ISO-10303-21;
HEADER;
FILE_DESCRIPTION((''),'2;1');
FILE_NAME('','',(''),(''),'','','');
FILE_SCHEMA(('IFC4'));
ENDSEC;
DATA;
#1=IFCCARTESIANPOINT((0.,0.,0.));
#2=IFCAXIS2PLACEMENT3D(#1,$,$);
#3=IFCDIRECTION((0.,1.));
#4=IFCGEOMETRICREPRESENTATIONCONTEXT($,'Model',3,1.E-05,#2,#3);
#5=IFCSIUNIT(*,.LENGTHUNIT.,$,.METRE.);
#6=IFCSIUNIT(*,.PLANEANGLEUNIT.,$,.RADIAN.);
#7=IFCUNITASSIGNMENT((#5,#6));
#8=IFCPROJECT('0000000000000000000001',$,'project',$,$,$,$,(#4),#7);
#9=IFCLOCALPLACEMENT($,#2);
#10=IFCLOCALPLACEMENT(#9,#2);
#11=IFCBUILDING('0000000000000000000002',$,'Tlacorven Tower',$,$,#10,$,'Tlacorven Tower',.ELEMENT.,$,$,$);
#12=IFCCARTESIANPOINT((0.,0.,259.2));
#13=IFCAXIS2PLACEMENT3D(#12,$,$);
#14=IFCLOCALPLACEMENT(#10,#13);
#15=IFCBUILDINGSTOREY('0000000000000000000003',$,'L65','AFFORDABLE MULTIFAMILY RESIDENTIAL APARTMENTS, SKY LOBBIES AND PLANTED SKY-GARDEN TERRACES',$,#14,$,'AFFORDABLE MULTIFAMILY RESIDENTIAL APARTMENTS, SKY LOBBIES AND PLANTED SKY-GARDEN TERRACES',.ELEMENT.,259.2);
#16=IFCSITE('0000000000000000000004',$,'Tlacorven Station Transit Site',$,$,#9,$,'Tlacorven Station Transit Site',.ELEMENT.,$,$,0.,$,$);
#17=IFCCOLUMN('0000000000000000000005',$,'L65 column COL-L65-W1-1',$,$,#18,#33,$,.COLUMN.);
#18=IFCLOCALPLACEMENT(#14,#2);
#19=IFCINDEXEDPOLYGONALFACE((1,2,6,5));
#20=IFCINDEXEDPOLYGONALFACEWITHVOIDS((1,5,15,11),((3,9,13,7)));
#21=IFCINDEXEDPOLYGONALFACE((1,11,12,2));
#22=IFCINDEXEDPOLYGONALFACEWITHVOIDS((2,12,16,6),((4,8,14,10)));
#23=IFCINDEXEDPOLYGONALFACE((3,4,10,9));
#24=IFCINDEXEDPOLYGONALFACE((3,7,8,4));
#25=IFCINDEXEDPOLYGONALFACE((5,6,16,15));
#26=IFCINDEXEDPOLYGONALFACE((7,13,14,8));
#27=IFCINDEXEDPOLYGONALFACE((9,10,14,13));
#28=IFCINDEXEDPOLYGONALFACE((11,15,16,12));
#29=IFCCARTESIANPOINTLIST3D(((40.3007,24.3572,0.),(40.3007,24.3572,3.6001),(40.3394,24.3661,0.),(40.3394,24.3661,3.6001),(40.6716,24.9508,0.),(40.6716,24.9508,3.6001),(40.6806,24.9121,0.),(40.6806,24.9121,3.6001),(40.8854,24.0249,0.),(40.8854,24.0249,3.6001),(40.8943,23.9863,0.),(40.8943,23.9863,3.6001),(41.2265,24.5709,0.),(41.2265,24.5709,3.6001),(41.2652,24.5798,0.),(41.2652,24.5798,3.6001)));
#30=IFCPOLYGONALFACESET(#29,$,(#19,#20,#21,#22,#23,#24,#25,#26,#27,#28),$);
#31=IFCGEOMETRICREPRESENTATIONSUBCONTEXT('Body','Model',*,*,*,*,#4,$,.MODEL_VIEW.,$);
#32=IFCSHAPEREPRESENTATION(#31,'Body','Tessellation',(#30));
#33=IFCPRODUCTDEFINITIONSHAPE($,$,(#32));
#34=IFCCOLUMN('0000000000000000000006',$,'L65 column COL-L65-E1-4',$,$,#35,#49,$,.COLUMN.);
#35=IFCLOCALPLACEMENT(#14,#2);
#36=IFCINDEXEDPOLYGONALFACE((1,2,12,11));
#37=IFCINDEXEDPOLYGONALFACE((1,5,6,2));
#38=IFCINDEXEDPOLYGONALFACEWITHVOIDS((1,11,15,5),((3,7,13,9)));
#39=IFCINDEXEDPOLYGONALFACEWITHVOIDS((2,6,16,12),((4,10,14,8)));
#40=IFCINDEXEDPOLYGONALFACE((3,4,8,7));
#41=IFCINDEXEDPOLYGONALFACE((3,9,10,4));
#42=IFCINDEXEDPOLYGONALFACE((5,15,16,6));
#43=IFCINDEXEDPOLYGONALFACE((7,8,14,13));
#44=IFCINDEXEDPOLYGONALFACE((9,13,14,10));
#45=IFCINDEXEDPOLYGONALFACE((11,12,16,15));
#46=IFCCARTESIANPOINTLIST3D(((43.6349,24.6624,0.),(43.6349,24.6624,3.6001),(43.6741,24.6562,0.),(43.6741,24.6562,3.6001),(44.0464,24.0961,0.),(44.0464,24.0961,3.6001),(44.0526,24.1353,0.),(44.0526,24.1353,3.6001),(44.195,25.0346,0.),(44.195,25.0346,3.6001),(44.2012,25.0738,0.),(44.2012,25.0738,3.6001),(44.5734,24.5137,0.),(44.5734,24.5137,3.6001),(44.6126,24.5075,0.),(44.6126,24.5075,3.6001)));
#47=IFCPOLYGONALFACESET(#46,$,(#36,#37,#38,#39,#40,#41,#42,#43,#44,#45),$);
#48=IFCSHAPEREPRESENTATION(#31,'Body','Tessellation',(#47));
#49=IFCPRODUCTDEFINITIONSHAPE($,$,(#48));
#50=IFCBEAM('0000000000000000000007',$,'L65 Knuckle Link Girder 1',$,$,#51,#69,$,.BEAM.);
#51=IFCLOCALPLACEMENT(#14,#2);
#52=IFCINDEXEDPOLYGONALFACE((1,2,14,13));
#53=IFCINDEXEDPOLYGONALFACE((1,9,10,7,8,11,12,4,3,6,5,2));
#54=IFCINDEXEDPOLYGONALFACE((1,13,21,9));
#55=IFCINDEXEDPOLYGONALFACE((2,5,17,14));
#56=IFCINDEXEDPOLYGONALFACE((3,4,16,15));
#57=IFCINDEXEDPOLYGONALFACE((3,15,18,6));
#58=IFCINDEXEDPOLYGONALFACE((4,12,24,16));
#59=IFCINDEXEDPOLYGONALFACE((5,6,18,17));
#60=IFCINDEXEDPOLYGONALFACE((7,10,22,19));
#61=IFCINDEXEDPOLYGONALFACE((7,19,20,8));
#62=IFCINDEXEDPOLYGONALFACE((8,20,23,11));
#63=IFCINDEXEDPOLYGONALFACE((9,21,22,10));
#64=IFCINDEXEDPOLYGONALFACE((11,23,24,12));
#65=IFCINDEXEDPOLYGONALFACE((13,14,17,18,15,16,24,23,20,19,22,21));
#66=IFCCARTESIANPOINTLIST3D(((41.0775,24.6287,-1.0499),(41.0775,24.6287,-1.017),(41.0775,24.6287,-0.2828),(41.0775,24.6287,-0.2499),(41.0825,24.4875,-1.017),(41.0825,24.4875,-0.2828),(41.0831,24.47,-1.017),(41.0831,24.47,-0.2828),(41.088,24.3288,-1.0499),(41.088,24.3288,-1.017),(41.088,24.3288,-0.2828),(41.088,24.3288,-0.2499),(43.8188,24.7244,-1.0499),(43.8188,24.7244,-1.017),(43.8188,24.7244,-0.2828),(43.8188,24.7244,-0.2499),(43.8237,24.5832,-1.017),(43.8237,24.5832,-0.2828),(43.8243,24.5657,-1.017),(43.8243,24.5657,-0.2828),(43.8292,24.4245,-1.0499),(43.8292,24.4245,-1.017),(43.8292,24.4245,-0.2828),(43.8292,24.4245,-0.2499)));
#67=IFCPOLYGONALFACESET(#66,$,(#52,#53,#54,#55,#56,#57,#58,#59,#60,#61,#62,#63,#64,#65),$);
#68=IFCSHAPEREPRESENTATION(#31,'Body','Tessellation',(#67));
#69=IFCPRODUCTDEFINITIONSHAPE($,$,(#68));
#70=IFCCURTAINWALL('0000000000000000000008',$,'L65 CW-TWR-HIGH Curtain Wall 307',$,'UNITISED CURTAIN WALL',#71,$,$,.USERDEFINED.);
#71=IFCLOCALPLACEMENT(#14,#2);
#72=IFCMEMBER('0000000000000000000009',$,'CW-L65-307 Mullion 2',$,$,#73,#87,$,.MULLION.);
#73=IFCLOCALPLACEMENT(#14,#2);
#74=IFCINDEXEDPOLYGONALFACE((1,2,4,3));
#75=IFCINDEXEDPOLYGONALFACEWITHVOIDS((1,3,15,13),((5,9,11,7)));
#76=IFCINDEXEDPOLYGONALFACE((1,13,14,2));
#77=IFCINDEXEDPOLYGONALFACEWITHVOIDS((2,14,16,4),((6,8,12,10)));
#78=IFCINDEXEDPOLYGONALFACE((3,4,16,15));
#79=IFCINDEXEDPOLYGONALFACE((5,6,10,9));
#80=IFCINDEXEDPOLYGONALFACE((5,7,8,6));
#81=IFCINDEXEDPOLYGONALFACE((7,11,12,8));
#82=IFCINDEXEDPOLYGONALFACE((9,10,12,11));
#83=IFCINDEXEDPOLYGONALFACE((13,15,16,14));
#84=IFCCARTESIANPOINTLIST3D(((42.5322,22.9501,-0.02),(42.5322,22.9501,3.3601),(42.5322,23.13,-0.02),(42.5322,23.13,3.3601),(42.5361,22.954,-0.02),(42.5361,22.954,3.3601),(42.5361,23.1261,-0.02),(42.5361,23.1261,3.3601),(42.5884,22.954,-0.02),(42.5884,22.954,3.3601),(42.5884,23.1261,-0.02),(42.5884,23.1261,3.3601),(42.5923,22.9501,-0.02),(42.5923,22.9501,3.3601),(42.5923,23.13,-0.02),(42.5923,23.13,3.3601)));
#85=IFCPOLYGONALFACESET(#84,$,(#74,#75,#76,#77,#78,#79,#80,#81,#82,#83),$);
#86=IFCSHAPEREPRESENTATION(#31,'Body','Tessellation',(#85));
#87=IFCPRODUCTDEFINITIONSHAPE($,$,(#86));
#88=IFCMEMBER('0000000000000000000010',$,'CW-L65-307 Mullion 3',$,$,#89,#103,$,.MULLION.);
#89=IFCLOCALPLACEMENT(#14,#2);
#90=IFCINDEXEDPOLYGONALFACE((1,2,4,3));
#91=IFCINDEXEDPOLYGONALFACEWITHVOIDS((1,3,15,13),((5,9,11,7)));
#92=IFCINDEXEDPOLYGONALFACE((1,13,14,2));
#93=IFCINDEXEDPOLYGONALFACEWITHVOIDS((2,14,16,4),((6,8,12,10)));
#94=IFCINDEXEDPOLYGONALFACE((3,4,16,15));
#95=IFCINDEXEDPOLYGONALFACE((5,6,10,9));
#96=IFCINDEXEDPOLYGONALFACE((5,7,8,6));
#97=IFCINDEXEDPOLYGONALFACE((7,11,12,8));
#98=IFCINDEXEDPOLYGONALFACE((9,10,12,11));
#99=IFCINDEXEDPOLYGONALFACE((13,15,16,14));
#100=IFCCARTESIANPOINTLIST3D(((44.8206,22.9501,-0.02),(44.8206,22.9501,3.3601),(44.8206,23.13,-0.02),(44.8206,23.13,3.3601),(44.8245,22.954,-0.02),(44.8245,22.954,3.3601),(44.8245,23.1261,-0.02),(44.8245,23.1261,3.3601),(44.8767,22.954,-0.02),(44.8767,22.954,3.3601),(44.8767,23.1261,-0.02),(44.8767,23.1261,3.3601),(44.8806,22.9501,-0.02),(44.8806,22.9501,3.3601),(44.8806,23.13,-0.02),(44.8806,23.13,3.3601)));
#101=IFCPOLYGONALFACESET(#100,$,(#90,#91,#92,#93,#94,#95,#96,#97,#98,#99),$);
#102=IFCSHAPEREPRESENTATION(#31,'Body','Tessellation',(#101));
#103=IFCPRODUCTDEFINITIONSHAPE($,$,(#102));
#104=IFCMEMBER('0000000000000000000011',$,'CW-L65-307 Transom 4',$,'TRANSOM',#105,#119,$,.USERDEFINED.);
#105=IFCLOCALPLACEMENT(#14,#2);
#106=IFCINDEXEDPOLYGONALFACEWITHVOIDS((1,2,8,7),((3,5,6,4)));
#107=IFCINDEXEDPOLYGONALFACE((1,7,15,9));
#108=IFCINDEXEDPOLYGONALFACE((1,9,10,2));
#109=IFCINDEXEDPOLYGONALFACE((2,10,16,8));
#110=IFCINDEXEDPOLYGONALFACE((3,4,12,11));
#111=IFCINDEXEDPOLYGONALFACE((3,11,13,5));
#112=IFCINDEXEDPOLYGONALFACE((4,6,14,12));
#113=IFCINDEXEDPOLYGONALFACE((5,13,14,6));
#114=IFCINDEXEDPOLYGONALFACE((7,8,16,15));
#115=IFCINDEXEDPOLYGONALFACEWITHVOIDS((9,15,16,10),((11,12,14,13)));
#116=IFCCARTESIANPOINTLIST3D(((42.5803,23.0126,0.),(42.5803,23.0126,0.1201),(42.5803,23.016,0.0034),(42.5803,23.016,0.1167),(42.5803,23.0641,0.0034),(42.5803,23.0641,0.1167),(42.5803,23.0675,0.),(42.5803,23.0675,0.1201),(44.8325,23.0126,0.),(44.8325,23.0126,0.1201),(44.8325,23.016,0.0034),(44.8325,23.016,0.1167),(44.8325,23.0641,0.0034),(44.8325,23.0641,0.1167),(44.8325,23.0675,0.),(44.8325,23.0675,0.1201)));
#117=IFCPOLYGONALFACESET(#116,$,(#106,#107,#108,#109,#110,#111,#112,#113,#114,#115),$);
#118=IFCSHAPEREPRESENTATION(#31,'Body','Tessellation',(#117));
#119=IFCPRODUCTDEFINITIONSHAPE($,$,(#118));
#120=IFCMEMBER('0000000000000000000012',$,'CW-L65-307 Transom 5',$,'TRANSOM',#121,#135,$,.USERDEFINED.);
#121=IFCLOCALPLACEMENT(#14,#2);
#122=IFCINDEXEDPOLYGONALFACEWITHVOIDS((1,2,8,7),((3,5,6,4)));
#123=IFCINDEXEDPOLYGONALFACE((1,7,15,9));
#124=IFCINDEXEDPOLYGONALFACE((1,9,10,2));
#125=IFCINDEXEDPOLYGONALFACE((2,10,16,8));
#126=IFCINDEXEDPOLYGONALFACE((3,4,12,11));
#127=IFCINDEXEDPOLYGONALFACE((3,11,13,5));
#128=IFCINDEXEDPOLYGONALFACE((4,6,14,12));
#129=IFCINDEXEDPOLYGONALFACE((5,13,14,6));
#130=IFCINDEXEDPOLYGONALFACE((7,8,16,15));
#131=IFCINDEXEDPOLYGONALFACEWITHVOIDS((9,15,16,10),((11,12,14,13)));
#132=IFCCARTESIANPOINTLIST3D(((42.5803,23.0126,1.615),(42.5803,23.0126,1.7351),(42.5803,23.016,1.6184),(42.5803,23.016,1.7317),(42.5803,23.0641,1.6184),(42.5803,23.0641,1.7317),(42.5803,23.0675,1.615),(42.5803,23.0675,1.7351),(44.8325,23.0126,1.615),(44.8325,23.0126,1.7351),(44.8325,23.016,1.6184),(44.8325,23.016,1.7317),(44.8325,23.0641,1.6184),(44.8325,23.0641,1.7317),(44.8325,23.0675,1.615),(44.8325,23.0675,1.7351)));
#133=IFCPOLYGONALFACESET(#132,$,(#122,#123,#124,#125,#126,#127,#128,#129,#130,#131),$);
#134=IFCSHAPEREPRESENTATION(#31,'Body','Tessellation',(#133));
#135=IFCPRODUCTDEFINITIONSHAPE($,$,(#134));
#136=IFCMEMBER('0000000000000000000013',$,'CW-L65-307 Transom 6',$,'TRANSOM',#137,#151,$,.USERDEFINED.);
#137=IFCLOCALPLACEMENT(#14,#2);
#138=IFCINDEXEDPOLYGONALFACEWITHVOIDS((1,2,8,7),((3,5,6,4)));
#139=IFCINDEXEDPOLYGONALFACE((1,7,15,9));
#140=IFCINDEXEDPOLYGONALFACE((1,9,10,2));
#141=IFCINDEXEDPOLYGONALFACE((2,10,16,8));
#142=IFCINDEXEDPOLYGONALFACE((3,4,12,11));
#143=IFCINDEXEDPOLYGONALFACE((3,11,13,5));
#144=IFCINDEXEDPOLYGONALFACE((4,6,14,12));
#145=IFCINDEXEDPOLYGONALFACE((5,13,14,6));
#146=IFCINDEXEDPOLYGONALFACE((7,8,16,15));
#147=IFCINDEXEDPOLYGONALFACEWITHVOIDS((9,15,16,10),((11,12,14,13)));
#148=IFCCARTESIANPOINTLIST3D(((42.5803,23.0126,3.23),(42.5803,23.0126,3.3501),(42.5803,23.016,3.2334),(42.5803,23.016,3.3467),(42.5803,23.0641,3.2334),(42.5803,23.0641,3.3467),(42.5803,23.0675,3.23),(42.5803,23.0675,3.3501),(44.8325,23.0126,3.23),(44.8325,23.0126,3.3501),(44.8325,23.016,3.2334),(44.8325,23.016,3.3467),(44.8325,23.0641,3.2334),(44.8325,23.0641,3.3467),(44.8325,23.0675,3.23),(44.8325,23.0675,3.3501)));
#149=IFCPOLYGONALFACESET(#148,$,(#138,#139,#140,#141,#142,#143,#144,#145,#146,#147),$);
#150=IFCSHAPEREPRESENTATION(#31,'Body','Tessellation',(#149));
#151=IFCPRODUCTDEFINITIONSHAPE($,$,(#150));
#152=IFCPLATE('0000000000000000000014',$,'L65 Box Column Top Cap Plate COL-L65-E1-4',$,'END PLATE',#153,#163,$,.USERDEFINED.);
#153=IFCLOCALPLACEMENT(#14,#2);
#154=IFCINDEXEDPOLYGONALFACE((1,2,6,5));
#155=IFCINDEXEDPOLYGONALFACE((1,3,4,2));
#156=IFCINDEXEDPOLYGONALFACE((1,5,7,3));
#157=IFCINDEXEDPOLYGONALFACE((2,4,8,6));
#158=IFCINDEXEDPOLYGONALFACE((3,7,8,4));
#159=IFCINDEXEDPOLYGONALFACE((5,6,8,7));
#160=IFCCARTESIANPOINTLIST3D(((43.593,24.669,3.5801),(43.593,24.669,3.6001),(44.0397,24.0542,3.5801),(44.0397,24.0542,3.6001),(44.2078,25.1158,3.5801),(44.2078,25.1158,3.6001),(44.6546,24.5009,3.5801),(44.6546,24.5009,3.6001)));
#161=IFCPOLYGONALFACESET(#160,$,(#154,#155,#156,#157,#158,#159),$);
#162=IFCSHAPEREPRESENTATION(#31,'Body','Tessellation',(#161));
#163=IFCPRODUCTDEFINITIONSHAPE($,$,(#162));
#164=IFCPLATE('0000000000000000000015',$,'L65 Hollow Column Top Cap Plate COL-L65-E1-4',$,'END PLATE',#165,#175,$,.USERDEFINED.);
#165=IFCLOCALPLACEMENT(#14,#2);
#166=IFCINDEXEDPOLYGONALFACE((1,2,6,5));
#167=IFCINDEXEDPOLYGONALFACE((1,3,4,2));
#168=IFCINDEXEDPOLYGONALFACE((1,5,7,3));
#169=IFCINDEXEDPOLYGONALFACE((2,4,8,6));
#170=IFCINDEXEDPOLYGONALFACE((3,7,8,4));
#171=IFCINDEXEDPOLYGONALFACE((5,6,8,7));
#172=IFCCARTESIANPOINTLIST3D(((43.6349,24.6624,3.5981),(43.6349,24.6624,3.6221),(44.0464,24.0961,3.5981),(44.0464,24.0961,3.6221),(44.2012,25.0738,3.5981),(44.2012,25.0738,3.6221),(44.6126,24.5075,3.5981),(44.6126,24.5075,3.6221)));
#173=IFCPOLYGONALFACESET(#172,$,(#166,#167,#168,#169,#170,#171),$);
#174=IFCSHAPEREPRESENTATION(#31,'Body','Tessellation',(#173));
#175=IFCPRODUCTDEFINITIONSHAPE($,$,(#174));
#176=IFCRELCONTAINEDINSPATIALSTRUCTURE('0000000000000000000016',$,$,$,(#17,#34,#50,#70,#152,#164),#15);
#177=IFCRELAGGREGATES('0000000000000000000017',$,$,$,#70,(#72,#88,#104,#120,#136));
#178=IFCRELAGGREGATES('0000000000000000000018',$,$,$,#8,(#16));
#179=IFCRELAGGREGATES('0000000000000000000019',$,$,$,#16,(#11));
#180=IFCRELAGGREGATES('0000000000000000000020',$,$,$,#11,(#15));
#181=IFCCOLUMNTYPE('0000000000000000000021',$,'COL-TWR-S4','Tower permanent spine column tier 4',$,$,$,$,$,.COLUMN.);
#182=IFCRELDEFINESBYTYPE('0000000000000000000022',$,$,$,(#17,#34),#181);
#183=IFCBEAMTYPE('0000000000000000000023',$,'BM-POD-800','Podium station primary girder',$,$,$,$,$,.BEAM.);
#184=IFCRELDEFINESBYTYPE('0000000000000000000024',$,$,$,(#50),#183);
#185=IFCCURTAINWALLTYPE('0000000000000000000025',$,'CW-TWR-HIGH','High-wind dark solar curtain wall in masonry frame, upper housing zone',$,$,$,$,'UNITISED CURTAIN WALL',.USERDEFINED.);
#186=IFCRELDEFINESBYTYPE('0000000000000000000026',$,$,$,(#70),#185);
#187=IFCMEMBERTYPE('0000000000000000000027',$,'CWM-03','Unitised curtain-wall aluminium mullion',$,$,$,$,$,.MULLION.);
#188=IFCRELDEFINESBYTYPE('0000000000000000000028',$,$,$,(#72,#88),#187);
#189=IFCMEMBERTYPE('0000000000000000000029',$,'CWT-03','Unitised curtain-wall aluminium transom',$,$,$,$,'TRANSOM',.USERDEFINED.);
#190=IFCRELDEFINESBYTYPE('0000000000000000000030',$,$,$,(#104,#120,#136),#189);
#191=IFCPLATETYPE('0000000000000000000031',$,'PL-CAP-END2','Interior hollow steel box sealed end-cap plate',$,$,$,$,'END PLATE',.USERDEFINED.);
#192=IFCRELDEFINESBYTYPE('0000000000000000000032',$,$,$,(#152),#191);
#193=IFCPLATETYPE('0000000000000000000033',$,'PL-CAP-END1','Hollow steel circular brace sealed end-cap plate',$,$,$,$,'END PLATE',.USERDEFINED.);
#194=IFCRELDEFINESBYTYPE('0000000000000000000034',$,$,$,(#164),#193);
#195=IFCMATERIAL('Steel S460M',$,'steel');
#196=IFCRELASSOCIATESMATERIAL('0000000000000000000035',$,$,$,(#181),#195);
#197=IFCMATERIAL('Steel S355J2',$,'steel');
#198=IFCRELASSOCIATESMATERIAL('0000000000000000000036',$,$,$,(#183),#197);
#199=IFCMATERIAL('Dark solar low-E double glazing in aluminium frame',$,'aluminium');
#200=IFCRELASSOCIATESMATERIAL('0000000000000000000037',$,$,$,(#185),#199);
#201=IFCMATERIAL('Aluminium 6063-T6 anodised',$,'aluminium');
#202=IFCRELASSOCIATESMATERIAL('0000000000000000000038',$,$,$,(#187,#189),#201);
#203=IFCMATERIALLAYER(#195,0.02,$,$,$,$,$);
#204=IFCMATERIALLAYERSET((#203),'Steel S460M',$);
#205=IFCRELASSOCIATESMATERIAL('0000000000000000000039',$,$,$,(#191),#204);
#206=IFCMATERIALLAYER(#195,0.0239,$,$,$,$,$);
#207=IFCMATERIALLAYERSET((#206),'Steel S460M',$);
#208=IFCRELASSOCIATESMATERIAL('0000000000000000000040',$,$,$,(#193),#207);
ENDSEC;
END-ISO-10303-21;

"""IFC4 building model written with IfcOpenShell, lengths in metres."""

from ifc_helpers import new_model, si_unit, direction, frame, origin, origin_2d, place, context, subcontext, project, spatial, rectangle, hollow_rectangle, i_section, extrude, source, transform, mapped, material, layer, layer_set, material_profile, profile_set, type_object, element, aggregate, save


model = new_model("IFC4")

# Units and contexts
model_context = context("Model", 3, precision=1e-05, world=origin(), true_north=direction((0.0, 1.0)))
body_context = subcontext(model_context, "Body", "Model", "MODEL_VIEW")
ifc_project = project(units=[si_unit("LENGTHUNIT", "METRE"), si_unit("PLANEANGLEUNIT", "RADIAN")], contexts=[model_context])

# Site, building, storey
site_placement = place(None, origin())
site = spatial("IfcSite", under=ifc_project, at=site_placement, Name="Tlacorven Station Transit Site", LongName="Tlacorven Station Transit Site", CompositionType="ELEMENT", RefElevation=0.0)
building_placement = place(site_placement, origin())
building = spatial("IfcBuilding", under=site, at=building_placement, Name="Tlacorven Tower", LongName="Tlacorven Tower", CompositionType="ELEMENT")
storey_placement = place(building_placement, frame((0.0, 0.0, 259.2)))
storey = spatial("IfcBuildingStorey", under=building, at=storey_placement, Name="L65", Description="AFFORDABLE MULTIFAMILY RESIDENTIAL APARTMENTS, SKY LOBBIES AND PLANTED SKY-GARDEN TERRACES", LongName="AFFORDABLE MULTIFAMILY RESIDENTIAL APARTMENTS, SKY LOBBIES AND PLANTED SKY-GARDEN TERRACES", CompositionType="ELEMENT", Elevation=259.2)

# Columns
ifc_material_1 = material(Name="Steel S460M", Category="steel")
ifc_material_profile_1 = material_profile(ifc_material_1, hollow_rectangle(XDim=0.7, YDim=0.7, WallThickness=0.0281, at=origin_2d()), Name="BOX 700X700X28")
ifc_profile_set_1 = profile_set([ifc_material_profile_1], Name="Steel S460M")
column_type = type_object("IfcColumnType", Name="COL-TWR-S4", Description="Tower permanent spine column tier 4", PredefinedType="COLUMN", material=ifc_profile_set_1)
shared_shape_1 = source(origin(), body_context, "Body", "SweptSolid", [
    extrude(hollow_rectangle(XDim=0.7, YDim=0.7, WallThickness=0.0281, at=origin_2d()), origin(), (0.0, 0.0, 1.0), 3.6001),
])
for number, where, z_axis, x_axis, name in (
    (1, (40.783, 24.4685, 0.0), (0.0, 0.0, 1.0), (-0.848048, 0.529919, 0.0), "L65 column COL-L65-W1-1"),
    (2, (44.1238, 24.585, 0.0), (0.0, 0.0, 1.0), (0.809017, 0.587785, 0.0), "L65 column COL-L65-E1-4"),
):
    element("IfcColumn", number, at=place(storey_placement, frame(where, z_axis=z_axis, x_axis=x_axis)), inside=storey, type_object=column_type, Name=name, PredefinedType="COLUMN", context=body_context, shape_type="MappedRepresentation", body=[
        mapped(shared_shape_1, transform((0.0, 0.0, 0.0), scale=1.0)),
    ])

# Beam
ifc_material_2 = material(Name="Steel S355J2", Category="steel")
ifc_material_profile_2 = material_profile(ifc_material_2, i_section(OverallWidth=0.3, OverallDepth=0.8, WebThickness=0.0176, FlangeThickness=0.033, at=origin_2d()), Name="HEB 800")
ifc_profile_set_2 = profile_set([ifc_material_profile_2], Name="Steel S355J2")
beam_type = type_object("IfcBeamType", Name="BM-POD-800", Description="Podium station primary girder", PredefinedType="BEAM", material=ifc_profile_set_2)
shared_shape_2 = source(origin(), body_context, "Body", "SweptSolid", [
    extrude(i_section(OverallWidth=0.3, OverallDepth=0.8, WebThickness=0.0176, FlangeThickness=0.033, at=origin_2d()), origin(), (0.0, 0.0, 1.0), 2.7429),
])
beam_placement = place(storey_placement, frame((41.0828, 24.4788, -0.6499), z_axis=(0.999391, 0.034891, 0.0), x_axis=(-0.034891, 0.999391, 0.0)))
element("IfcBeam", 3, at=beam_placement, inside=storey, type_object=beam_type, Name="L65 Knuckle Link Girder 1", PredefinedType="BEAM", context=body_context, shape_type="MappedRepresentation", body=[
    mapped(shared_shape_2, transform((0.0, 0.0, 0.0), scale=1.0)),
])

# Curtain wall, members
ifc_material_3 = material(Name="Dark solar low-E double glazing in aluminium frame", Category="aluminium")
curtain_wall_type = type_object("IfcCurtainWallType", Name="CW-TWR-HIGH", Description="High-wind dark solar curtain wall in masonry frame, upper housing zone", ElementType="UNITISED CURTAIN WALL", PredefinedType="USERDEFINED", material=ifc_material_3)
curtain_wall_placement = place(storey_placement, origin())
curtain_wall = element("IfcCurtainWall", 4, at=curtain_wall_placement, inside=storey, type_object=curtain_wall_type, Name="L65 CW-TWR-HIGH Curtain Wall 307", ObjectType="UNITISED CURTAIN WALL", PredefinedType="USERDEFINED")
ifc_material_4 = material(Name="Aluminium 6063-T6 anodised", Category="aluminium")
ifc_material_profile_3 = material_profile(ifc_material_4, hollow_rectangle(XDim=0.0601, YDim=0.1799, WallThickness=0.0039, at=origin_2d()), Name="ALU MULLION 60X180")
ifc_profile_set_3 = profile_set([ifc_material_profile_3], Name="Aluminium 6063-T6 anodised")
member_type_1 = type_object("IfcMemberType", Name="CWM-03", Description="Unitised curtain-wall aluminium mullion", PredefinedType="MULLION", material=ifc_profile_set_3)
shared_shape_3 = source(origin(), body_context, "Body", "SweptSolid", [
    extrude(hollow_rectangle(XDim=0.0601, YDim=0.1799, WallThickness=0.0039, at=origin_2d()), origin(), (0.0, 0.0, 1.0), 3.3801),
])
member_1_placement = place(storey_placement, frame((42.5623, 23.04, -0.02), z_axis=(0.0, 0.0, 1.0), x_axis=(1.0, 0.0, 0.0)))
member_1 = element("IfcMember", 5, at=member_1_placement, type_object=member_type_1, Name="CW-L65-307 Mullion 2", PredefinedType="MULLION", context=body_context, shape_type="MappedRepresentation", body=[
    mapped(shared_shape_3, transform((0.0, 0.0, 0.0), scale=1.0)),
])
member_2_placement = place(storey_placement, frame((44.8506, 23.04, -0.02), z_axis=(0.0, 0.0, 1.0), x_axis=(1.0, 0.0, 0.0)))
member_2 = element("IfcMember", 6, at=member_2_placement, type_object=member_type_1, Name="CW-L65-307 Mullion 3", PredefinedType="MULLION", context=body_context, shape_type="MappedRepresentation", body=[
    mapped(shared_shape_3, transform((0.0, 0.0, 0.0), scale=1.0)),
])
ifc_material_profile_4 = material_profile(ifc_material_4, hollow_rectangle(XDim=0.0549, YDim=0.1201, WallThickness=0.0034, at=origin_2d()), Name="ALU TRANSOM 55X120")
ifc_profile_set_4 = profile_set([ifc_material_profile_4], Name="Aluminium 6063-T6 anodised")
member_type_2 = type_object("IfcMemberType", Name="CWT-03", Description="Unitised curtain-wall aluminium transom", ElementType="TRANSOM", PredefinedType="USERDEFINED", material=ifc_profile_set_4)
shared_shape_4 = source(origin(), body_context, "Body", "SweptSolid", [
    extrude(hollow_rectangle(XDim=0.0549, YDim=0.1201, WallThickness=0.0034, at=origin_2d()), origin(), (0.0, 0.0, 1.0), 2.2522),
])
member_3_placement = place(storey_placement, frame((42.5803, 23.04, 0.0601), z_axis=(1.0, 0.0, 0.0), x_axis=(0.0, 1.0, 0.0)))
member_3 = element("IfcMember", 7, at=member_3_placement, type_object=member_type_2, Name="CW-L65-307 Transom 4", ObjectType="TRANSOM", PredefinedType="USERDEFINED", context=body_context, shape_type="MappedRepresentation", body=[
    mapped(shared_shape_4, transform((0.0, 0.0, 0.0), scale=1.0)),
])
member_4_placement = place(storey_placement, frame((42.5803, 23.04, 1.675), z_axis=(1.0, 0.0, 0.0), x_axis=(0.0, 1.0, 0.0)))
member_4 = element("IfcMember", 8, at=member_4_placement, type_object=member_type_2, Name="CW-L65-307 Transom 5", ObjectType="TRANSOM", PredefinedType="USERDEFINED", context=body_context, shape_type="MappedRepresentation", body=[
    mapped(shared_shape_4, transform((0.0, 0.0, 0.0), scale=1.0)),
])
member_5_placement = place(storey_placement, frame((42.5803, 23.04, 3.29), z_axis=(1.0, 0.0, 0.0), x_axis=(0.0, 1.0, 0.0)))
member_5 = element("IfcMember", 9, at=member_5_placement, type_object=member_type_2, Name="CW-L65-307 Transom 6", ObjectType="TRANSOM", PredefinedType="USERDEFINED", context=body_context, shape_type="MappedRepresentation", body=[
    mapped(shared_shape_4, transform((0.0, 0.0, 0.0), scale=1.0)),
])

# Plates
ifc_layer_1 = layer(ifc_material_1, 0.02)
ifc_layer_set_1 = layer_set([ifc_layer_1], Name="Steel S460M")
plate_type_1 = type_object("IfcPlateType", Name="PL-CAP-END2", Description="Interior hollow steel box sealed end-cap plate", ElementType="END PLATE", PredefinedType="USERDEFINED", material=ifc_layer_set_1)
shared_shape_5 = source(origin(), body_context, "Body", "SweptSolid", [
    extrude(rectangle(XDim=0.76, YDim=0.76, at=origin_2d()), origin(), (0.0, 0.0, 1.0), 0.02),
])
plate_1_placement = place(storey_placement, frame((44.1238, 24.585, 3.5801), z_axis=(0.0, 0.0, 1.0), x_axis=(0.809017, 0.587785, 0.0)))
element("IfcPlate", 10, at=plate_1_placement, inside=storey, type_object=plate_type_1, Name="L65 Box Column Top Cap Plate COL-L65-E1-4", ObjectType="END PLATE", PredefinedType="USERDEFINED", context=body_context, shape_type="MappedRepresentation", body=[
    mapped(shared_shape_5, transform((0.0, 0.0, 0.0), scale=1.0)),
])
ifc_layer_2 = layer(ifc_material_1, 0.0239)
ifc_layer_set_2 = layer_set([ifc_layer_2], Name="Steel S460M")
plate_type_2 = type_object("IfcPlateType", Name="PL-CAP-END1", Description="Hollow steel circular brace sealed end-cap plate", ElementType="END PLATE", PredefinedType="USERDEFINED", material=ifc_layer_set_2)
shared_shape_6 = source(origin(), body_context, "Body", "SweptSolid", [
    extrude(rectangle(XDim=0.7, YDim=0.7, at=origin_2d()), origin(), (0.0, 0.0, 1.0), 0.0239),
])
plate_2_placement = place(storey_placement, frame((44.1238, 24.585, 3.5981), z_axis=(0.0, 0.0, 1.0), x_axis=(0.809017, 0.587785, 0.0)))
element("IfcPlate", 11, at=plate_2_placement, inside=storey, type_object=plate_type_2, Name="L65 Hollow Column Top Cap Plate COL-L65-E1-4", ObjectType="END PLATE", PredefinedType="USERDEFINED", context=body_context, shape_type="MappedRepresentation", body=[
    mapped(shared_shape_6, transform((0.0, 0.0, 0.0), scale=1.0)),
])

aggregate(curtain_wall, [member_1, member_2, member_3, member_4, member_5])

save(model, "model.ifc")
